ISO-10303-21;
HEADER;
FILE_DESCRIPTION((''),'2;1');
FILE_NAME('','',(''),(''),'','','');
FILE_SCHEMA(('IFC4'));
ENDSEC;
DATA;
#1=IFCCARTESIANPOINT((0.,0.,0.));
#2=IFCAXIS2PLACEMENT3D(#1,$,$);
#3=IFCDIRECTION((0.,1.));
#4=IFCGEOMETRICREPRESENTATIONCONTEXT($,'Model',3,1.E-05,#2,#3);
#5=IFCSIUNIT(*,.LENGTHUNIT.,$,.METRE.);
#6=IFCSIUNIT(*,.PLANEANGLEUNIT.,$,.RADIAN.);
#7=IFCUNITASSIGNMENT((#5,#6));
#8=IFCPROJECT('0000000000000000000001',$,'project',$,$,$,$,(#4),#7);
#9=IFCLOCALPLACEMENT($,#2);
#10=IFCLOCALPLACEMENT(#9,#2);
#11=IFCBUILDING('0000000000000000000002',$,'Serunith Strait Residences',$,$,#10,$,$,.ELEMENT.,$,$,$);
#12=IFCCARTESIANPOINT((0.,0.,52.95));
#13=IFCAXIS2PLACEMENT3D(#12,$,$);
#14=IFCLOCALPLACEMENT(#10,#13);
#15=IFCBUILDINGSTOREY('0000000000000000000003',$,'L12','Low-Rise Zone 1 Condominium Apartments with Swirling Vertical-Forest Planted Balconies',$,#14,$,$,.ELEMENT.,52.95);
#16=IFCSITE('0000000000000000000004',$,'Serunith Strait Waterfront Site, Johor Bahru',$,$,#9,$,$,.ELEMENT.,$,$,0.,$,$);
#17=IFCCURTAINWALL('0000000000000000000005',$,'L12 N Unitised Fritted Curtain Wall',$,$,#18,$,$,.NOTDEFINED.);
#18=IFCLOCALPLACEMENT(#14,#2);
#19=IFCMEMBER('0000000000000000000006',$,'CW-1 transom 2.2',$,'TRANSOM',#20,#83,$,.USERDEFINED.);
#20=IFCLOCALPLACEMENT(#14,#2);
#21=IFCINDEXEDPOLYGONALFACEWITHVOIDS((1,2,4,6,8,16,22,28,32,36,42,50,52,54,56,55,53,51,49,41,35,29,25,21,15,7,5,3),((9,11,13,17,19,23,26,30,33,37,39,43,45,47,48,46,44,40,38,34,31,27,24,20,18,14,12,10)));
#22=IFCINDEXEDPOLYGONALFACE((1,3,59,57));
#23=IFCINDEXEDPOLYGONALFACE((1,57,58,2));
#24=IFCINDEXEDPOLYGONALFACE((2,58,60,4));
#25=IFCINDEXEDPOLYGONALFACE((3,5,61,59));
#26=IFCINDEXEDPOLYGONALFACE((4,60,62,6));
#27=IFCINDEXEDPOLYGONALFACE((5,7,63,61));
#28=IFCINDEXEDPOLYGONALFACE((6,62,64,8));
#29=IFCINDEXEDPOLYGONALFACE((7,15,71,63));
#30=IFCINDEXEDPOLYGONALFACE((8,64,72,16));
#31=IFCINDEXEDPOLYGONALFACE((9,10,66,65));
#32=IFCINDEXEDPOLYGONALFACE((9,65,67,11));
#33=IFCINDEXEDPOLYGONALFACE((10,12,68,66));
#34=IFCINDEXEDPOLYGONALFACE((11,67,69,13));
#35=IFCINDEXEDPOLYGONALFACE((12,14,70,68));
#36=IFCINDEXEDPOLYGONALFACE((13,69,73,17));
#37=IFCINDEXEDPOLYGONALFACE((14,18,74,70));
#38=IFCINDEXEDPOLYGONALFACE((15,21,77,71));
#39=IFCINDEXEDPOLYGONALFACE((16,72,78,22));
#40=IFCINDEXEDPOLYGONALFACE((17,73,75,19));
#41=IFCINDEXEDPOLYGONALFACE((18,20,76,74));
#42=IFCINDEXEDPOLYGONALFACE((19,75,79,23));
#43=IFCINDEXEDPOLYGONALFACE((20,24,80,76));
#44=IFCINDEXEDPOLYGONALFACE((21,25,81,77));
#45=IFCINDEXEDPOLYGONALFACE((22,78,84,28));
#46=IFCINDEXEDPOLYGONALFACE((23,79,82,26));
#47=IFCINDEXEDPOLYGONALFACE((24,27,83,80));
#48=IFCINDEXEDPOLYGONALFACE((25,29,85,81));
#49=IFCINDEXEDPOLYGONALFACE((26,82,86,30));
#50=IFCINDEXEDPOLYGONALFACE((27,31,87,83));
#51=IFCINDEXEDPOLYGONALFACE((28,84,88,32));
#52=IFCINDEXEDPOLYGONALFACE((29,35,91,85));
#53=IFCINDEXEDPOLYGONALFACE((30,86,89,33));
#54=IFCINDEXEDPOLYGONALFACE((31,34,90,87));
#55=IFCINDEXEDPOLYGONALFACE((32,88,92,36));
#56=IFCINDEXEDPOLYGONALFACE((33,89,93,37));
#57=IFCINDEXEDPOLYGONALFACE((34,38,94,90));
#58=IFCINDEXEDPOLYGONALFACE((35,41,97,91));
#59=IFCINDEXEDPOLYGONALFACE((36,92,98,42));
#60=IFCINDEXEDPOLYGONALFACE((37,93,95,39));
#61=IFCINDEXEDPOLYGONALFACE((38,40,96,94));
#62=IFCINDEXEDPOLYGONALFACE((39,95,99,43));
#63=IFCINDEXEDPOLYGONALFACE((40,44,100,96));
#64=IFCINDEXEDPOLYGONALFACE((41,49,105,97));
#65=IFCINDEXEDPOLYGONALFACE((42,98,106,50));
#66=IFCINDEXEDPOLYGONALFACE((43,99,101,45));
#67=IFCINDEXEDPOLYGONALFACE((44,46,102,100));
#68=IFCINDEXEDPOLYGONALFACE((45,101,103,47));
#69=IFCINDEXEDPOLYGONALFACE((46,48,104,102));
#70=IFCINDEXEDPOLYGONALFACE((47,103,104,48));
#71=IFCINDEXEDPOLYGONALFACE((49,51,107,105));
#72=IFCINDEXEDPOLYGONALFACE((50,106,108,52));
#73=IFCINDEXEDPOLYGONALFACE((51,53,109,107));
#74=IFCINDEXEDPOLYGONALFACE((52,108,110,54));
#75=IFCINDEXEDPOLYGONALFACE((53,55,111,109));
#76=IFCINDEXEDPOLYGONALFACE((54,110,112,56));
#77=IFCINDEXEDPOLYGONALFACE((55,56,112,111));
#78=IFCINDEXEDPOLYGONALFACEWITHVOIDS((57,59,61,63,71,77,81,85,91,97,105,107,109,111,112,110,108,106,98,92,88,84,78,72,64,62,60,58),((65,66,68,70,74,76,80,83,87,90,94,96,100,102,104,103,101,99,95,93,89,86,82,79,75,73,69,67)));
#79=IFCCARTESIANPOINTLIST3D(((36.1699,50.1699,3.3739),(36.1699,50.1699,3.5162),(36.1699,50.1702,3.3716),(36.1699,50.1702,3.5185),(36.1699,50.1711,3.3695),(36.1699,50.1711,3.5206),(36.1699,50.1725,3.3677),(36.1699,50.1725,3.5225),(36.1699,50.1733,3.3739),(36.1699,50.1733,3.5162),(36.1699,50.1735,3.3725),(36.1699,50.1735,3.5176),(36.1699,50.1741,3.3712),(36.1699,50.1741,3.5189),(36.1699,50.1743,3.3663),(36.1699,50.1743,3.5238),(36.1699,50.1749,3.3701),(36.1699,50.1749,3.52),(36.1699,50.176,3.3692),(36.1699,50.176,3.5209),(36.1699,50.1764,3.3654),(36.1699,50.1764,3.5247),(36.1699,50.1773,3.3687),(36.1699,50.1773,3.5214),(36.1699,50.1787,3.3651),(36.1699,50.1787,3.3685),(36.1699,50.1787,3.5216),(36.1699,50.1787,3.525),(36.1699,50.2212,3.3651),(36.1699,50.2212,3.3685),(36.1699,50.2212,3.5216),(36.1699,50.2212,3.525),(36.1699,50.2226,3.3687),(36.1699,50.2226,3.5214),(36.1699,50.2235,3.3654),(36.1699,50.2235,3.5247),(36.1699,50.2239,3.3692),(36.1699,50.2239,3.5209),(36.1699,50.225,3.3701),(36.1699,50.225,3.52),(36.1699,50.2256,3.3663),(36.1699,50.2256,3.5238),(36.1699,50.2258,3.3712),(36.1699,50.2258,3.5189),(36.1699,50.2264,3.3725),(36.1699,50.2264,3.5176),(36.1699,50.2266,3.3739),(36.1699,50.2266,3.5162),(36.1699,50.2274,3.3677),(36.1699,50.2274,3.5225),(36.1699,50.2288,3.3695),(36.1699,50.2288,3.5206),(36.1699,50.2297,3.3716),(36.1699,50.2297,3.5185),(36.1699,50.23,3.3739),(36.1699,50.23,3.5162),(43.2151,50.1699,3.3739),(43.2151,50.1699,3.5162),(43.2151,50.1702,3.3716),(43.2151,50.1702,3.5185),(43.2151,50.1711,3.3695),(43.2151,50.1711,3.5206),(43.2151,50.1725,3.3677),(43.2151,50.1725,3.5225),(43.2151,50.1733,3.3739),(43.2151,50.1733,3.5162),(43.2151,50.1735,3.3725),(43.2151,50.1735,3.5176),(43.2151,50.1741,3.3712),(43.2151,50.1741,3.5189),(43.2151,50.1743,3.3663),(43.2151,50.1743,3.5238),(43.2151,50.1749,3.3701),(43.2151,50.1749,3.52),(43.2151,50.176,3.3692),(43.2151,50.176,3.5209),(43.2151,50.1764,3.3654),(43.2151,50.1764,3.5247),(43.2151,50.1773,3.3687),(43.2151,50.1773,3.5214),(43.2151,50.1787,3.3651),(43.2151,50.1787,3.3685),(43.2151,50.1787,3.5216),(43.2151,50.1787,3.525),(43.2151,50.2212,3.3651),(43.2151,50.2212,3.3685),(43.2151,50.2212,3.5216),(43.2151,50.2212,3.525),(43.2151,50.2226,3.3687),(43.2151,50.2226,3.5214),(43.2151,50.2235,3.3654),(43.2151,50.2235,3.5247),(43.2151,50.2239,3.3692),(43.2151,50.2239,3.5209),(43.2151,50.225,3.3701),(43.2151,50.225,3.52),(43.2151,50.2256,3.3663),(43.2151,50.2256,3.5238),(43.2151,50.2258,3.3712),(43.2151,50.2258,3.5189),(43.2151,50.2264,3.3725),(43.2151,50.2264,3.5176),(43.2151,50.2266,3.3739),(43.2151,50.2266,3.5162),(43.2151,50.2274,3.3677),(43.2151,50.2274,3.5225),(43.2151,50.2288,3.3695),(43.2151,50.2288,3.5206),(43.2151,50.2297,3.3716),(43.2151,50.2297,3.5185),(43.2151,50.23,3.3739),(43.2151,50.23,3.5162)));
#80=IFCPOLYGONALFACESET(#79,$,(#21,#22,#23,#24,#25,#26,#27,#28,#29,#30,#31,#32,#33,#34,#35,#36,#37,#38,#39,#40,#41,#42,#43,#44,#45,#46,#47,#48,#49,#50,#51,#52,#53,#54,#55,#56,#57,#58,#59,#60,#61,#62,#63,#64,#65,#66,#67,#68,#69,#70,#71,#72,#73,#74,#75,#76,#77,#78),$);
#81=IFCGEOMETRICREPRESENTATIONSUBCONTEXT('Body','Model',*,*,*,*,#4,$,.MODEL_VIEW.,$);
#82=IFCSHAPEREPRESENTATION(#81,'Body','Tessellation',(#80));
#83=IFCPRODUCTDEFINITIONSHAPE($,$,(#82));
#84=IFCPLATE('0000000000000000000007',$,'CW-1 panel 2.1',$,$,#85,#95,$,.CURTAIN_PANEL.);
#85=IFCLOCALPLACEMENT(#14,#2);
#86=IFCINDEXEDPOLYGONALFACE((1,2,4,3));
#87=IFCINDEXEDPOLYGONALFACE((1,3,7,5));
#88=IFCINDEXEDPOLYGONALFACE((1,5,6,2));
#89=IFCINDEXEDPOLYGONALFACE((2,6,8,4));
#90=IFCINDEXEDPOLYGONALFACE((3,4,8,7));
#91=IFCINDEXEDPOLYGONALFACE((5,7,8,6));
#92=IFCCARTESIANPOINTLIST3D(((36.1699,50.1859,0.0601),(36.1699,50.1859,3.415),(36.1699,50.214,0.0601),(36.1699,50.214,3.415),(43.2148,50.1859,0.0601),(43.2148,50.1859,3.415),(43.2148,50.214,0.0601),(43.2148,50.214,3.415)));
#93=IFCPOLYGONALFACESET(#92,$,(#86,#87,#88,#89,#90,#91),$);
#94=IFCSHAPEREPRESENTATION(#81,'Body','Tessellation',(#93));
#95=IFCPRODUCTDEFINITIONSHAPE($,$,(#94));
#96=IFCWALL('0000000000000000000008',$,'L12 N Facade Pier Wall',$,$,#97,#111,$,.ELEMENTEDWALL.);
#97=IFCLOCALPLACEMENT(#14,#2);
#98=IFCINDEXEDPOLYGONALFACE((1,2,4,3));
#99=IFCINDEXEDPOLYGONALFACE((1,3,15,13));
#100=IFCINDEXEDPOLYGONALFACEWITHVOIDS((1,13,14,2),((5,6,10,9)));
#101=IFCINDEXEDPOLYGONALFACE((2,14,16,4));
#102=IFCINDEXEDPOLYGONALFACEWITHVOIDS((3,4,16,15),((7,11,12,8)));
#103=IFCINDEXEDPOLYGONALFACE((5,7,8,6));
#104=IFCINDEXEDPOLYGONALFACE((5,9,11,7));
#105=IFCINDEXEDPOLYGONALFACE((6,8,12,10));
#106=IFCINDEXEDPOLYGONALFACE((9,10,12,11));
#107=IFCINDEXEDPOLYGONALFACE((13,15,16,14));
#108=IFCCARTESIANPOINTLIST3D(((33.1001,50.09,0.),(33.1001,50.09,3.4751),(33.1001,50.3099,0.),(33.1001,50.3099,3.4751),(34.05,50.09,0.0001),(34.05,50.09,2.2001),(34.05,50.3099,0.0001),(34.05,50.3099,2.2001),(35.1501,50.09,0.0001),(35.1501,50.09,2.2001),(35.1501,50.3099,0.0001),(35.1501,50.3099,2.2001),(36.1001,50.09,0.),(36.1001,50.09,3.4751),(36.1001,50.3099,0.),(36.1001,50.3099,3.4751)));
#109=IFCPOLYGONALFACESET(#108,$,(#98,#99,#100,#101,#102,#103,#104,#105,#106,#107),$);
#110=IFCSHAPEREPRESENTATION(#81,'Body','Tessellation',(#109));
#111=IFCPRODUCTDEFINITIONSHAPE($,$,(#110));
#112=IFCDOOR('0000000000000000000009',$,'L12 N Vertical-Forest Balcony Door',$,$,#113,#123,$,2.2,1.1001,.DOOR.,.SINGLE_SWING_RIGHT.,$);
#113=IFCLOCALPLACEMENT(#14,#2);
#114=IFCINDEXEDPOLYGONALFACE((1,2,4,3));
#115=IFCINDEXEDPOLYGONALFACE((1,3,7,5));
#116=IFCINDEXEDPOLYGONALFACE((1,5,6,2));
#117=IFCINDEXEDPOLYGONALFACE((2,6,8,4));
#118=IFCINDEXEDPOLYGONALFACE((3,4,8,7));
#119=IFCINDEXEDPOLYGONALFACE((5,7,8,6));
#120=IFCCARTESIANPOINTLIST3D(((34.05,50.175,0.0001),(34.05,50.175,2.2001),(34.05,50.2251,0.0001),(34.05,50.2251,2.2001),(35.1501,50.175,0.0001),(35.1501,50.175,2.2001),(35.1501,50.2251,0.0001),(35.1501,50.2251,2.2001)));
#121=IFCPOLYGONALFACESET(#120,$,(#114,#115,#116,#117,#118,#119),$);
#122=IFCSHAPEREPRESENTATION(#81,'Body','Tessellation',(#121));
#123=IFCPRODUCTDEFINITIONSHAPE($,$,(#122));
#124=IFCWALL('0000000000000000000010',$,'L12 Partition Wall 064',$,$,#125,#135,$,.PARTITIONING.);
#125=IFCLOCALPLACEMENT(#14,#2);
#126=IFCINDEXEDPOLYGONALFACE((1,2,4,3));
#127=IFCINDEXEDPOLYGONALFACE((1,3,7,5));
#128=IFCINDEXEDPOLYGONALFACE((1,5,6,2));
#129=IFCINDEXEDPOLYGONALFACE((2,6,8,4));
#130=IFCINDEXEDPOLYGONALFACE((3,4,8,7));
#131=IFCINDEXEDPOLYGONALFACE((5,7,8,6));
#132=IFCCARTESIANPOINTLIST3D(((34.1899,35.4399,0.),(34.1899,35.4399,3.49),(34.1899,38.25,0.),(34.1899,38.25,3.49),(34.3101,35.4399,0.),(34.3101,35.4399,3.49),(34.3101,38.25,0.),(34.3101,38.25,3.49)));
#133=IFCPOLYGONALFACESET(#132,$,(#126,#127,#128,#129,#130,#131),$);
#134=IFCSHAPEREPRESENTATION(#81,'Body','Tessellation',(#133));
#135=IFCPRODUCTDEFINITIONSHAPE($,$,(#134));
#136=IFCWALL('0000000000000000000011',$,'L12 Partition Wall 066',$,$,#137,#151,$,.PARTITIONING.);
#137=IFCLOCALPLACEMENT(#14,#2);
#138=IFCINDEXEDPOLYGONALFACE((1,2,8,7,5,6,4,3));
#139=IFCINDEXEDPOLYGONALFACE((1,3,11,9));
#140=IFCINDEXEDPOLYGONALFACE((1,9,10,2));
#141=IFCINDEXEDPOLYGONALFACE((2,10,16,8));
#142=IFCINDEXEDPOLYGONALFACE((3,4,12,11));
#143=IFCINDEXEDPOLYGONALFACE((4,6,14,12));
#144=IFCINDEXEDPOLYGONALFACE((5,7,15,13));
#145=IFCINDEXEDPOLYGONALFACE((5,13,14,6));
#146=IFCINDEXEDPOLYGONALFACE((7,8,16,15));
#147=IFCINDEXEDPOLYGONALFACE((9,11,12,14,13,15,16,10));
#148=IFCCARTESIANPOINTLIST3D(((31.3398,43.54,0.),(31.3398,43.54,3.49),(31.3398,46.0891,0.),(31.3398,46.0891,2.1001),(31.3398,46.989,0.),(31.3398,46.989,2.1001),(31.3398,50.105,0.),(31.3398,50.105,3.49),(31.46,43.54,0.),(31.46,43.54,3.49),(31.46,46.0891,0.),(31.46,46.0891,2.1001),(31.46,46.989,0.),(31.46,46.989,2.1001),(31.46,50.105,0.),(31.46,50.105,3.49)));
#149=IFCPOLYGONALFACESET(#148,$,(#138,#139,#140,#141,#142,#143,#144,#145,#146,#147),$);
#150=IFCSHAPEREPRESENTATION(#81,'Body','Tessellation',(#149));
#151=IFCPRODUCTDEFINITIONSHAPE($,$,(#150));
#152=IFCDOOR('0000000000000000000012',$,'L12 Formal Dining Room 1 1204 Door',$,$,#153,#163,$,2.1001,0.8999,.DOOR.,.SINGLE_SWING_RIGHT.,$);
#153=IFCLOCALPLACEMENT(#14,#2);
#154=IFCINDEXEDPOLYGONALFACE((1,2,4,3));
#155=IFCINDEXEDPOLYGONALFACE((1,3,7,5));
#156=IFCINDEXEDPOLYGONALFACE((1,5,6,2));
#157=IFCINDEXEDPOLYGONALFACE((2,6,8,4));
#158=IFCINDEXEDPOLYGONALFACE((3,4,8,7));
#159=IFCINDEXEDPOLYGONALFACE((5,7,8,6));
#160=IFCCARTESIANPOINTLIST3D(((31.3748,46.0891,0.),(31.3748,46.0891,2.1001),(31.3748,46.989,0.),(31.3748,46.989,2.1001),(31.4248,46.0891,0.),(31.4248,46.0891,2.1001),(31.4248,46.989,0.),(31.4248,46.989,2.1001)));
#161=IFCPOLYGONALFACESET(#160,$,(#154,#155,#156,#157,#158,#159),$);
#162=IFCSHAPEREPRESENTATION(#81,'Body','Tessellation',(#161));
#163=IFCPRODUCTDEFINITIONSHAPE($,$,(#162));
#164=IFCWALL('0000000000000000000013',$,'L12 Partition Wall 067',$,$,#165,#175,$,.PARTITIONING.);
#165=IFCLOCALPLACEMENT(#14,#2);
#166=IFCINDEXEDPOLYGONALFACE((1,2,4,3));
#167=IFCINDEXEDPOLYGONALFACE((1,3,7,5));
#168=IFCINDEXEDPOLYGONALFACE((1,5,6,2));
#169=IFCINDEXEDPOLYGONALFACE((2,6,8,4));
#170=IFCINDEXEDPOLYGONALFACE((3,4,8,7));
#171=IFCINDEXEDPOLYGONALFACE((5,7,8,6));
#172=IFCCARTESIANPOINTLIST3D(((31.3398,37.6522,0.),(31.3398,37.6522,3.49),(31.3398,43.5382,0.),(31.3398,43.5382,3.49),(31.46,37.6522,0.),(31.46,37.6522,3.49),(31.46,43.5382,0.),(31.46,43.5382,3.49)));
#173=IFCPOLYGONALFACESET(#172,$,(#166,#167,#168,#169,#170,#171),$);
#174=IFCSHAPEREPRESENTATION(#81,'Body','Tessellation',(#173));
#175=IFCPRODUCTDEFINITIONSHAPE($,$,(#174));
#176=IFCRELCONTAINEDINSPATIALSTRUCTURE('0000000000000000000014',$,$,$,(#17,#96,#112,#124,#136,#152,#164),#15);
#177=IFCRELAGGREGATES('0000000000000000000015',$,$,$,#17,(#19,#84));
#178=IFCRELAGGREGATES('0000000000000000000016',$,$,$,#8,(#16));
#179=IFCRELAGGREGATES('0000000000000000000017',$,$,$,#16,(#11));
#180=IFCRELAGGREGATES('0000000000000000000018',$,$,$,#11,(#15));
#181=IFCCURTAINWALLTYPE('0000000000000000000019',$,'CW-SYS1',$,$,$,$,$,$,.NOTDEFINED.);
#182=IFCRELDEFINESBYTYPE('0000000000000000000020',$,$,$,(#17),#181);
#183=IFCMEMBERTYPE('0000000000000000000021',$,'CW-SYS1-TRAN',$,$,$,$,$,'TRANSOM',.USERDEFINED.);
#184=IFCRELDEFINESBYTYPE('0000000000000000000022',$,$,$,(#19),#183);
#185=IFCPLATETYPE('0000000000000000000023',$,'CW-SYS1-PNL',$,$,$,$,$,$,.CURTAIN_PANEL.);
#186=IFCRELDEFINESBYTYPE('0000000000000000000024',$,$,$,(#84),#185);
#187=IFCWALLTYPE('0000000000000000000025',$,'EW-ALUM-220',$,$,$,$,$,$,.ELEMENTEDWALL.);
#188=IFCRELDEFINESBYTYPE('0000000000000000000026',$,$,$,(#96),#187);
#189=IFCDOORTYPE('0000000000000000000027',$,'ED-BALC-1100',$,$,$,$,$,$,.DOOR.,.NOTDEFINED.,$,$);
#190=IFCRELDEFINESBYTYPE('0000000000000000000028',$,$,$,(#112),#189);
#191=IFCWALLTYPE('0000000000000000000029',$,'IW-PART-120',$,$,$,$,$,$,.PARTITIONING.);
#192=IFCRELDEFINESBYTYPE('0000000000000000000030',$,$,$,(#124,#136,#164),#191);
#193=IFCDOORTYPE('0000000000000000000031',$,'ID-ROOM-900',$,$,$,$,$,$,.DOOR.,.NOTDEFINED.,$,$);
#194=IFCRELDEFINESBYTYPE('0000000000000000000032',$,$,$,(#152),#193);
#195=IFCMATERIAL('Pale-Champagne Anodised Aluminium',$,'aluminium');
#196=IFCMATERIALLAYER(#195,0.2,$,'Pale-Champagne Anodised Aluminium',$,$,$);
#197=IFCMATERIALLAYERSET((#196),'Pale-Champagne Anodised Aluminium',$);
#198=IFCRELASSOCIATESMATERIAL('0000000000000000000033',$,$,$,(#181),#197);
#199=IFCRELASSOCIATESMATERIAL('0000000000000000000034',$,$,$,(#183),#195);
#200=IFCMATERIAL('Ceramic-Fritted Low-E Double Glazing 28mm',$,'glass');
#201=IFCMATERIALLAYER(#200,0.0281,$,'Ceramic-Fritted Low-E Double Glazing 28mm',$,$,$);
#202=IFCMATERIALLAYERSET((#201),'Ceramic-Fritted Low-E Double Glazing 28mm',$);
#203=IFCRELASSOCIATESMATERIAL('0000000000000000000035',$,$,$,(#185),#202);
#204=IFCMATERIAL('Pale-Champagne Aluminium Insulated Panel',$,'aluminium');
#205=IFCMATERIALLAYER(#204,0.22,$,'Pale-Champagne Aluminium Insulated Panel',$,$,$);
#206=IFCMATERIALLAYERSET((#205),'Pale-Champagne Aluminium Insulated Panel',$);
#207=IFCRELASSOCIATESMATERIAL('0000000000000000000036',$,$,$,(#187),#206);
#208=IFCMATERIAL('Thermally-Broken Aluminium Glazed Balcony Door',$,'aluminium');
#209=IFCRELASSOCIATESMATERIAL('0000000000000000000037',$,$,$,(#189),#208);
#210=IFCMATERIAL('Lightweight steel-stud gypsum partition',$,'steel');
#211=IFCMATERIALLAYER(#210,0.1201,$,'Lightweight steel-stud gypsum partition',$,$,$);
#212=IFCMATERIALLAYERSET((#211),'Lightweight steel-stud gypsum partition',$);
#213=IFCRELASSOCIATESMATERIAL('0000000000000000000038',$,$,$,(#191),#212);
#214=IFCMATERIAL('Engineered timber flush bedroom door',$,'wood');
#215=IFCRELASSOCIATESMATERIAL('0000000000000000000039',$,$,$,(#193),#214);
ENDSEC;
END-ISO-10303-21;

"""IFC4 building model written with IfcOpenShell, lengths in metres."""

from ifc_helpers import new_model, si_unit, direction, frame, frame_2d, origin, origin_2d, place, context, subcontext, project, spatial, rectangle, hollow_rectangle, extrude, source, transform, mapped, material, layer, layer_set, material_profile, profile_set, type_object, element, fill, aggregate, save


model = new_model("IFC4")

# Units and contexts
model_context = context("Model", 3, precision=1e-05, world=origin(), true_north=direction((0.0, 1.0)))
body_context = subcontext(model_context, "Body", "Model", "MODEL_VIEW")
ifc_project = project(units=[si_unit("LENGTHUNIT", "METRE"), si_unit("PLANEANGLEUNIT", "RADIAN")], contexts=[model_context])

# Site, building, storey
site_placement = place(None, origin())
site = spatial("IfcSite", under=ifc_project, at=site_placement, Name="Serunith Strait Waterfront Site, Johor Bahru", CompositionType="ELEMENT", RefElevation=0.0)
building_placement = place(site_placement, origin())
building = spatial("IfcBuilding", under=site, at=building_placement, Name="Serunith Strait Residences", CompositionType="ELEMENT")
storey_placement = place(building_placement, frame((0.0, 0.0, 52.95)))
storey = spatial("IfcBuildingStorey", under=building, at=storey_placement, Name="L12", Description="Low-Rise Zone 1 Condominium Apartments with Swirling Vertical-Forest Planted Balconies", CompositionType="ELEMENT", Elevation=52.95)

# Curtain wall
ifc_material_1 = material(Name="Pale-Champagne Anodised Aluminium", Category="aluminium")
ifc_layer_1 = layer(ifc_material_1, 0.2, Name="Pale-Champagne Anodised Aluminium")
ifc_layer_set_1 = layer_set([ifc_layer_1], Name="Pale-Champagne Anodised Aluminium")
curtain_wall_type = type_object("IfcCurtainWallType", Name="CW-SYS1", PredefinedType="NOTDEFINED", material=ifc_layer_set_1)
curtain_wall_1_placement = place(storey_placement, origin())
curtain_wall_1 = element("IfcCurtainWall", 1, at=curtain_wall_1_placement, inside=storey, type_object=curtain_wall_type, Name="L12 N Unitised Fritted Curtain Wall", PredefinedType="NOTDEFINED")
ifc_material_profile_1 = material_profile(ifc_material_1, hollow_rectangle(XDim=0.0601, YDim=0.1599, WallThickness=0.0034, InnerFilletRadius=0.0054, OuterFilletRadius=0.0088, at=origin_2d()), Name="ALU 160x60x3.5")
ifc_profile_set_1 = profile_set([ifc_material_profile_1], Name="Pale-Champagne Anodised Aluminium")
member_type_1 = type_object("IfcMemberType", Name="CW-SYS1-TRAN", ElementType="TRANSOM", PredefinedType="USERDEFINED", material=ifc_profile_set_1)

# Member
shared_shape_1 = source(origin(), body_context, "Body", "SweptSolid", [
    extrude(hollow_rectangle(XDim=0.0601, YDim=0.1599, WallThickness=0.0034, InnerFilletRadius=0.0054, OuterFilletRadius=0.0088, at=origin_2d()), origin(), (0.0, 0.0, 1.0), 7.0452),
])
member_1_placement = place(storey_placement, frame((43.2151, 50.2, 3.4451), z_axis=(-1.0, 0.0, 0.0), x_axis=(0.0, -1.0, 0.0)))
member_1 = element("IfcMember", 2, at=member_1_placement, type_object=member_type_1, Name="CW-1 transom 2.2", ObjectType="TRANSOM", PredefinedType="USERDEFINED", context=body_context, shape_type="MappedRepresentation", body=[
    mapped(shared_shape_1, transform((0.0, 0.0, 0.0), scale=1.0)),
])

# Plate
ifc_material_2 = material(Name="Ceramic-Fritted Low-E Double Glazing 28mm", Category="glass")
ifc_layer_2 = layer(ifc_material_2, 0.0281, Name="Ceramic-Fritted Low-E Double Glazing 28mm")
ifc_layer_set_2 = layer_set([ifc_layer_2], Name="Ceramic-Fritted Low-E Double Glazing 28mm")
plate_type = type_object("IfcPlateType", Name="CW-SYS1-PNL", PredefinedType="CURTAIN_PANEL", material=ifc_layer_set_2)
shared_shape_2 = source(origin(), body_context, "Body", "SweptSolid", [
    extrude(rectangle(XDim=7.0449, YDim=0.0281, at=origin_2d()), origin(), (0.0, 0.0, 1.0), 3.355),
])
plate_placement = place(storey_placement, frame((39.6924, 50.2, 0.0601), z_axis=(0.0, 0.0, 1.0), x_axis=(-1.0, 0.0, 0.0)))
plate = element("IfcPlate", 3, at=plate_placement, type_object=plate_type, Name="CW-1 panel 2.1", PredefinedType="CURTAIN_PANEL", context=body_context, shape_type="MappedRepresentation", body=[
    mapped(shared_shape_2, transform((0.0, 0.0, 0.0), scale=1.0)),
])
aggregate(curtain_wall_1, [member_1, plate])

# Wall, opening, door
ifc_material_3 = material(Name="Pale-Champagne Aluminium Insulated Panel", Category="aluminium")
ifc_layer_3 = layer(ifc_material_3, 0.22, Name="Pale-Champagne Aluminium Insulated Panel")
ifc_layer_set_3 = layer_set([ifc_layer_3], Name="Pale-Champagne Aluminium Insulated Panel")
wall_type_1 = type_object("IfcWallType", Name="EW-ALUM-220", PredefinedType="ELEMENTEDWALL", material=ifc_layer_set_3)
wall_1_placement = place(storey_placement, frame((36.1001, 50.2, 0.0), z_axis=(0.0, 0.0, 1.0), x_axis=(-1.0, 0.0, 0.0)))
wall_1 = element("IfcWall", 4, at=wall_1_placement, inside=storey, type_object=wall_type_1, Name="L12 N Facade Pier Wall", PredefinedType="ELEMENTEDWALL", context=body_context, shape_type="SweptSolid", body=[
    extrude(rectangle(XDim=3.0, YDim=0.22, at=frame_2d((1.5, 0.0))), origin(), (0.0, 0.0, 1.0), 3.4751),
])
opening_1_placement = place(wall_1_placement, frame((0.95, 0.0, 0.0)))
opening_1 = element("IfcOpeningElement", 5, at=opening_1_placement, cuts=wall_1, PredefinedType="OPENING", context=body_context, shape_type="SweptSolid", body=[
    extrude(rectangle(XDim=1.1001, YDim=2.2, at=frame_2d((0.55, 1.1001))), frame((0.0, 0.1201, 0.0), z_axis=(0.0, -1.0, 0.0), x_axis=(1.0, 0.0, 0.0)), (0.0, 0.0, 1.0), 0.24),
])
ifc_material_4 = material(Name="Thermally-Broken Aluminium Glazed Balcony Door", Category="aluminium")
door_type_1 = type_object("IfcDoorType", Name="ED-BALC-1100", OperationType="NOTDEFINED", PredefinedType="DOOR", material=ifc_material_4)
shared_shape_3 = source(origin(), body_context, "Body", "SweptSolid", [
    extrude(rectangle(XDim=1.1001, YDim=2.2, at=frame_2d((0.55, 1.1001))), frame((0.0, 0.0249, 0.0), z_axis=(0.0, -1.0, 0.0), x_axis=(1.0, 0.0, 0.0)), (0.0, 0.0, 1.0), 0.05),
])
door_1_placement = place(opening_1_placement, origin())
door_1 = element("IfcDoor", 6, at=door_1_placement, inside=storey, type_object=door_type_1, Name="L12 N Vertical-Forest Balcony Door", OperationType="SINGLE_SWING_RIGHT", OverallHeight=2.2, OverallWidth=1.1001, PredefinedType="DOOR", context=body_context, shape_type="MappedRepresentation", body=[
    mapped(shared_shape_3, transform((0.0, 0.0, 0.0), scale=1.0)),
])
fill(opening_1, door_1)

# Wall
ifc_material_5 = material(Name="Lightweight steel-stud gypsum partition", Category="steel")
ifc_layer_4 = layer(ifc_material_5, 0.1201, Name="Lightweight steel-stud gypsum partition")
ifc_layer_set_4 = layer_set([ifc_layer_4], Name="Lightweight steel-stud gypsum partition")
wall_type_2 = type_object("IfcWallType", Name="IW-PART-120", PredefinedType="PARTITIONING", material=ifc_layer_set_4)
wall_2_placement = place(storey_placement, frame((34.25, 38.25, 0.0), z_axis=(0.0, 0.0, 1.0), x_axis=(0.0, -1.0, 0.0)))
element("IfcWall", 7, at=wall_2_placement, inside=storey, type_object=wall_type_2, Name="L12 Partition Wall 064", PredefinedType="PARTITIONING", context=body_context, shape_type="SweptSolid", body=[
    extrude(rectangle(XDim=2.8101, YDim=0.1201, at=frame_2d((1.405, 0.0))), origin(), (0.0, 0.0, 1.0), 3.49),
])

# Wall, opening, door
wall_3_placement = place(storey_placement, frame((31.3999, 50.105, 0.0), z_axis=(0.0, 0.0, 1.0), x_axis=(0.0, -1.0, 0.0)))
wall_3 = element("IfcWall", 8, at=wall_3_placement, inside=storey, type_object=wall_type_2, Name="L12 Partition Wall 066", PredefinedType="PARTITIONING", context=body_context, shape_type="SweptSolid", body=[
    extrude(rectangle(XDim=6.5649, YDim=0.1201, at=frame_2d((3.2825, 0.0))), origin(), (0.0, 0.0, 1.0), 3.49),
])
opening_2_placement = place(wall_3_placement, frame((3.116, 0.0, 0.0)))
opening_2 = element("IfcOpeningElement", 9, at=opening_2_placement, cuts=wall_3, PredefinedType="OPENING", context=body_context, shape_type="SweptSolid", body=[
    extrude(rectangle(XDim=0.8999, YDim=2.1001, at=frame_2d((0.45, 1.05))), frame((0.0, 0.0701, 0.0), z_axis=(0.0, -1.0, 0.0), x_axis=(1.0, 0.0, 0.0)), (0.0, 0.0, 1.0), 0.1401),
])
ifc_material_6 = material(Name="Engineered timber flush bedroom door", Category="wood")
door_type_2 = type_object("IfcDoorType", Name="ID-ROOM-900", OperationType="NOTDEFINED", PredefinedType="DOOR", material=ifc_material_6)
shared_shape_4 = source(origin(), body_context, "Body", "SweptSolid", [
    extrude(rectangle(XDim=0.8999, YDim=2.1001, at=frame_2d((0.45, 1.05))), frame((0.0, 0.0249, 0.0), z_axis=(0.0, -1.0, 0.0), x_axis=(1.0, 0.0, 0.0)), (0.0, 0.0, 1.0), 0.05),
])
door_2_placement = place(opening_2_placement, origin())
door_2 = element("IfcDoor", 10, at=door_2_placement, inside=storey, type_object=door_type_2, Name="L12 Formal Dining Room 1 1204 Door", OperationType="SINGLE_SWING_RIGHT", OverallHeight=2.1001, OverallWidth=0.8999, PredefinedType="DOOR", context=body_context, shape_type="MappedRepresentation", body=[
    mapped(shared_shape_4, transform((0.0, 0.0, 0.0), scale=1.0)),
])
fill(opening_2, door_2)

# Wall
wall_4_placement = place(storey_placement, frame((31.3999, 43.5381, 0.0), z_axis=(0.0, 0.0, 1.0), x_axis=(0.0, -1.0, 0.0)))
element("IfcWall", 11, at=wall_4_placement, inside=storey, type_object=wall_type_2, Name="L12 Partition Wall 067", PredefinedType="PARTITIONING", context=body_context, shape_type="SweptSolid", body=[
    extrude(rectangle(XDim=5.886, YDim=0.1201, at=frame_2d((2.9429, 0.0))), origin(), (0.0, 0.0, 1.0), 3.49),
])

save(model, "model.ifc")
